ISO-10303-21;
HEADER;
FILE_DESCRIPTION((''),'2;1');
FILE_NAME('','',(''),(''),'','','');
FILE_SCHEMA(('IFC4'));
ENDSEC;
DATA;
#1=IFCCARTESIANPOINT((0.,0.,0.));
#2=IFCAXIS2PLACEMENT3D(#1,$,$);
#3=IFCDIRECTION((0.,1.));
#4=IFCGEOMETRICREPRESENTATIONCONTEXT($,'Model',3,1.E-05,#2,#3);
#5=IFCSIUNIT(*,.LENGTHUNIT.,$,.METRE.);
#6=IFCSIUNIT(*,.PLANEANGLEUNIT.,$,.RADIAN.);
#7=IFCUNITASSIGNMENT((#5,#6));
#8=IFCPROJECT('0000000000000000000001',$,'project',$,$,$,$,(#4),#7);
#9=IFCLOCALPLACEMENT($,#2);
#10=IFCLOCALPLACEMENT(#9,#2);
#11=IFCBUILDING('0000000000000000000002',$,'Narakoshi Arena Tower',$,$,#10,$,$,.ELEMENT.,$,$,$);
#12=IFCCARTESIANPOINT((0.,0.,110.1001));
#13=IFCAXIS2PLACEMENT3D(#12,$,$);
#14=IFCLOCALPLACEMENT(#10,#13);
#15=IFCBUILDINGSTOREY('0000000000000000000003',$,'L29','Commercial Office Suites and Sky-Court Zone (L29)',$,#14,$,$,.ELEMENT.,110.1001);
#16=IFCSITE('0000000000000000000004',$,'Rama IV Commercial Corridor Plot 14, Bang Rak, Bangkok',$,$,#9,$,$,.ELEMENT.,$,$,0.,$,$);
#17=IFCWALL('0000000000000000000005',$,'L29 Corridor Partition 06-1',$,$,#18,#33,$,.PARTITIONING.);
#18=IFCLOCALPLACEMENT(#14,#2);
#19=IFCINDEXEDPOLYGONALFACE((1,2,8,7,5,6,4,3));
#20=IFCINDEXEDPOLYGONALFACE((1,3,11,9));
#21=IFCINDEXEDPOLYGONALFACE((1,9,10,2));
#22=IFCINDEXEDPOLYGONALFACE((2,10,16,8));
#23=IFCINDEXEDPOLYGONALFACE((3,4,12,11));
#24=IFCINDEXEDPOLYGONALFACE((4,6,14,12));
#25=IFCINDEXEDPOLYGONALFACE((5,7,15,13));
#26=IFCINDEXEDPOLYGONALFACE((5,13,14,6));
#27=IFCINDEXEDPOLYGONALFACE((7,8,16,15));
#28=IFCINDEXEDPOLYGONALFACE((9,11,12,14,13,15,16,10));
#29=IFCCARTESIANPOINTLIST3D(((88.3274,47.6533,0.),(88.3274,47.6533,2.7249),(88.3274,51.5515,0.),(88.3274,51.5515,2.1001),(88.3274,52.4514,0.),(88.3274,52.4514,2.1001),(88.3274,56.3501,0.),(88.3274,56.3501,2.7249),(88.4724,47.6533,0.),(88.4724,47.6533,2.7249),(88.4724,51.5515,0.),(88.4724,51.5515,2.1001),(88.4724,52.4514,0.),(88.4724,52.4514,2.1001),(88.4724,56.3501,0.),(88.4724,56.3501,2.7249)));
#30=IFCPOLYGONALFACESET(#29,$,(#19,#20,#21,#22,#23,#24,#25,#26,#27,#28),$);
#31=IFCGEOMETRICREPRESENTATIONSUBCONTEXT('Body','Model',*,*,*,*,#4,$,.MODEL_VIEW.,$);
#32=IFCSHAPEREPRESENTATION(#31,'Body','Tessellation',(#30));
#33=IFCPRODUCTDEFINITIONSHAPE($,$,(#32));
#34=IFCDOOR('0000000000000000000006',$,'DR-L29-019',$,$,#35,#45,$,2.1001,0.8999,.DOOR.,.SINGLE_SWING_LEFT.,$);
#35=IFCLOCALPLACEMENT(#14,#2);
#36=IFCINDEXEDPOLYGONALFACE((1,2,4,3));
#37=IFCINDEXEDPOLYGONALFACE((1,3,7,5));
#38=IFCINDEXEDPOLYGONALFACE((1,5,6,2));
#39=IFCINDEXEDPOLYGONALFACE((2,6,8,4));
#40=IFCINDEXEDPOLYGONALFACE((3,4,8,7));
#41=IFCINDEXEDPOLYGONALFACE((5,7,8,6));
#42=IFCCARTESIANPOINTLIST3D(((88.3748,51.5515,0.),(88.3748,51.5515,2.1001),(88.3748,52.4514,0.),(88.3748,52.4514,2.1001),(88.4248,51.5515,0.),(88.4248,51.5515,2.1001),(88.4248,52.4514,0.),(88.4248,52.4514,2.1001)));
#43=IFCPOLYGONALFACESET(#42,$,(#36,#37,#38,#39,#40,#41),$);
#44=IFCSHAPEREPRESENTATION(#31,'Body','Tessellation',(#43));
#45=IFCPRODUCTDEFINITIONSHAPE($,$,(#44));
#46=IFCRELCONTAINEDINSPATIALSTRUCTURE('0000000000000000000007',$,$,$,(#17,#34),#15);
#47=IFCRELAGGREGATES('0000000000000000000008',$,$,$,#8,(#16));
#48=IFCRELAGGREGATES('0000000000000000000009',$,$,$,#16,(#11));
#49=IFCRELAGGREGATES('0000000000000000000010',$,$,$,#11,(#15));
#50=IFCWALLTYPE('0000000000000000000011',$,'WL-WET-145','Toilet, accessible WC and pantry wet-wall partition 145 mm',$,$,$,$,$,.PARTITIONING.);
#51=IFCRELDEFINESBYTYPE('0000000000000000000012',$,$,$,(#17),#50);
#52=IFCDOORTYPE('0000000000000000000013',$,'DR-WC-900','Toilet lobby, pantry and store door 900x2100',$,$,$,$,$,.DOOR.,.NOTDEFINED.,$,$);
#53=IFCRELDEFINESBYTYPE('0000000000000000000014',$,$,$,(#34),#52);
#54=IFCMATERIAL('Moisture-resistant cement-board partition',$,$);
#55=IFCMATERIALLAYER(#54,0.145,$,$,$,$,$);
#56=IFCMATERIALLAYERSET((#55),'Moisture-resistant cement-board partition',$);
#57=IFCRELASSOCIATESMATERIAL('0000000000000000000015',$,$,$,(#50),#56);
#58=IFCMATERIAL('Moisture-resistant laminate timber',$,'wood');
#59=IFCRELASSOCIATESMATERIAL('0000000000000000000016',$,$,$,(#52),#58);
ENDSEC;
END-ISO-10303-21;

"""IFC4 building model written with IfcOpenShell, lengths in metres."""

from ifc_helpers import new_model, si_unit, direction, frame, frame_2d, origin, place, context, subcontext, project, spatial, rectangle, extrude, material, layer, layer_set, type_object, element, fill, save


model = new_model("IFC4")

# Units and contexts
model_context = context("Model", 3, precision=1e-05, world=origin(), true_north=direction((0.0, 1.0)))
body_context = subcontext(model_context, "Body", "Model", "MODEL_VIEW")
ifc_project = project(units=[si_unit("LENGTHUNIT", "METRE"), si_unit("PLANEANGLEUNIT", "RADIAN")], contexts=[model_context])

# Site, building, storey
site_placement = place(None, origin())
site = spatial("IfcSite", under=ifc_project, at=site_placement, Name="Rama IV Commercial Corridor Plot 14, Bang Rak, Bangkok", CompositionType="ELEMENT", RefElevation=0.0)
building_placement = place(site_placement, origin())
building = spatial("IfcBuilding", under=site, at=building_placement, Name="Narakoshi Arena Tower", CompositionType="ELEMENT")
storey_placement = place(building_placement, frame((0.0, 0.0, 110.1001)))
storey = spatial("IfcBuildingStorey", under=building, at=storey_placement, Name="L29", Description="Commercial Office Suites and Sky-Court Zone (L29)", CompositionType="ELEMENT", Elevation=110.1001)

# Shared definitions
ifc_material_1 = material(Name="Moisture-resistant cement-board partition")
ifc_layer_1 = layer(ifc_material_1, 0.145)
ifc_layer_set_1 = layer_set([ifc_layer_1], Name="Moisture-resistant cement-board partition")
wall_type_1 = type_object("IfcWallType", Name="WL-WET-145", Description="Toilet, accessible WC and pantry wet-wall partition 145 mm", PredefinedType="PARTITIONING", material=ifc_layer_set_1)

# Wall, opening, door
wall_1_placement = place(storey_placement, frame((88.3999, 47.6533, 0.0), z_axis=(0.0, 0.0, 1.0), x_axis=(0.0, 1.0, 0.0)))
wall_1 = element("IfcWall", 1, at=wall_1_placement, inside=storey, type_object=wall_type_1, Name="L29 Corridor Partition 06-1", PredefinedType="PARTITIONING", context=body_context, shape_type="SweptSolid", body=[
    extrude(rectangle(XDim=8.6968, YDim=0.145, at=frame_2d((4.3484, 0.0))), origin(), (0.0, 0.0, 1.0), 2.7249),
])
opening_1_placement = place(wall_1_placement, frame((3.8982, 0.0, 0.0)))
opening_1 = element("IfcOpeningElement", 2, at=opening_1_placement, cuts=wall_1, PredefinedType="OPENING", context=body_context, shape_type="SweptSolid", body=[
    extrude(rectangle(XDim=0.8999, YDim=2.1001, at=frame_2d((0.45, 1.05))), frame((0.0, 0.0825, 0.0), z_axis=(0.0, -1.0, 0.0), x_axis=(1.0, 0.0, 0.0)), (0.0, 0.0, 1.0), 0.165),
])
ifc_material_2 = material(Name="Moisture-resistant laminate timber", Category="wood")
door_type_1 = type_object("IfcDoorType", Name="DR-WC-900", Description="Toilet lobby, pantry and store door 900x2100", OperationType="NOTDEFINED", PredefinedType="DOOR", material=ifc_material_2)
door_1_placement = place(opening_1_placement, frame((0.8999, 0.0, 0.0), z_axis=(0.0, 0.0, 1.0), x_axis=(-1.0, 0.0, 0.0)))
door_1 = element("IfcDoor", 3, at=door_1_placement, inside=storey, type_object=door_type_1, Name="DR-L29-019", OperationType="SINGLE_SWING_LEFT", OverallHeight=2.1001, OverallWidth=0.8999, PredefinedType="DOOR", context=body_context, shape_type="SweptSolid", body=[
    extrude(rectangle(XDim=0.8999, YDim=2.1001, at=frame_2d((0.45, 1.05))), frame((0.0, 0.0249, 0.0), z_axis=(0.0, -1.0, 0.0), x_axis=(1.0, 0.0, 0.0)), (0.0, 0.0, 1.0), 0.05),
])
fill(opening_1, door_1)

save(model, "model.ifc")
